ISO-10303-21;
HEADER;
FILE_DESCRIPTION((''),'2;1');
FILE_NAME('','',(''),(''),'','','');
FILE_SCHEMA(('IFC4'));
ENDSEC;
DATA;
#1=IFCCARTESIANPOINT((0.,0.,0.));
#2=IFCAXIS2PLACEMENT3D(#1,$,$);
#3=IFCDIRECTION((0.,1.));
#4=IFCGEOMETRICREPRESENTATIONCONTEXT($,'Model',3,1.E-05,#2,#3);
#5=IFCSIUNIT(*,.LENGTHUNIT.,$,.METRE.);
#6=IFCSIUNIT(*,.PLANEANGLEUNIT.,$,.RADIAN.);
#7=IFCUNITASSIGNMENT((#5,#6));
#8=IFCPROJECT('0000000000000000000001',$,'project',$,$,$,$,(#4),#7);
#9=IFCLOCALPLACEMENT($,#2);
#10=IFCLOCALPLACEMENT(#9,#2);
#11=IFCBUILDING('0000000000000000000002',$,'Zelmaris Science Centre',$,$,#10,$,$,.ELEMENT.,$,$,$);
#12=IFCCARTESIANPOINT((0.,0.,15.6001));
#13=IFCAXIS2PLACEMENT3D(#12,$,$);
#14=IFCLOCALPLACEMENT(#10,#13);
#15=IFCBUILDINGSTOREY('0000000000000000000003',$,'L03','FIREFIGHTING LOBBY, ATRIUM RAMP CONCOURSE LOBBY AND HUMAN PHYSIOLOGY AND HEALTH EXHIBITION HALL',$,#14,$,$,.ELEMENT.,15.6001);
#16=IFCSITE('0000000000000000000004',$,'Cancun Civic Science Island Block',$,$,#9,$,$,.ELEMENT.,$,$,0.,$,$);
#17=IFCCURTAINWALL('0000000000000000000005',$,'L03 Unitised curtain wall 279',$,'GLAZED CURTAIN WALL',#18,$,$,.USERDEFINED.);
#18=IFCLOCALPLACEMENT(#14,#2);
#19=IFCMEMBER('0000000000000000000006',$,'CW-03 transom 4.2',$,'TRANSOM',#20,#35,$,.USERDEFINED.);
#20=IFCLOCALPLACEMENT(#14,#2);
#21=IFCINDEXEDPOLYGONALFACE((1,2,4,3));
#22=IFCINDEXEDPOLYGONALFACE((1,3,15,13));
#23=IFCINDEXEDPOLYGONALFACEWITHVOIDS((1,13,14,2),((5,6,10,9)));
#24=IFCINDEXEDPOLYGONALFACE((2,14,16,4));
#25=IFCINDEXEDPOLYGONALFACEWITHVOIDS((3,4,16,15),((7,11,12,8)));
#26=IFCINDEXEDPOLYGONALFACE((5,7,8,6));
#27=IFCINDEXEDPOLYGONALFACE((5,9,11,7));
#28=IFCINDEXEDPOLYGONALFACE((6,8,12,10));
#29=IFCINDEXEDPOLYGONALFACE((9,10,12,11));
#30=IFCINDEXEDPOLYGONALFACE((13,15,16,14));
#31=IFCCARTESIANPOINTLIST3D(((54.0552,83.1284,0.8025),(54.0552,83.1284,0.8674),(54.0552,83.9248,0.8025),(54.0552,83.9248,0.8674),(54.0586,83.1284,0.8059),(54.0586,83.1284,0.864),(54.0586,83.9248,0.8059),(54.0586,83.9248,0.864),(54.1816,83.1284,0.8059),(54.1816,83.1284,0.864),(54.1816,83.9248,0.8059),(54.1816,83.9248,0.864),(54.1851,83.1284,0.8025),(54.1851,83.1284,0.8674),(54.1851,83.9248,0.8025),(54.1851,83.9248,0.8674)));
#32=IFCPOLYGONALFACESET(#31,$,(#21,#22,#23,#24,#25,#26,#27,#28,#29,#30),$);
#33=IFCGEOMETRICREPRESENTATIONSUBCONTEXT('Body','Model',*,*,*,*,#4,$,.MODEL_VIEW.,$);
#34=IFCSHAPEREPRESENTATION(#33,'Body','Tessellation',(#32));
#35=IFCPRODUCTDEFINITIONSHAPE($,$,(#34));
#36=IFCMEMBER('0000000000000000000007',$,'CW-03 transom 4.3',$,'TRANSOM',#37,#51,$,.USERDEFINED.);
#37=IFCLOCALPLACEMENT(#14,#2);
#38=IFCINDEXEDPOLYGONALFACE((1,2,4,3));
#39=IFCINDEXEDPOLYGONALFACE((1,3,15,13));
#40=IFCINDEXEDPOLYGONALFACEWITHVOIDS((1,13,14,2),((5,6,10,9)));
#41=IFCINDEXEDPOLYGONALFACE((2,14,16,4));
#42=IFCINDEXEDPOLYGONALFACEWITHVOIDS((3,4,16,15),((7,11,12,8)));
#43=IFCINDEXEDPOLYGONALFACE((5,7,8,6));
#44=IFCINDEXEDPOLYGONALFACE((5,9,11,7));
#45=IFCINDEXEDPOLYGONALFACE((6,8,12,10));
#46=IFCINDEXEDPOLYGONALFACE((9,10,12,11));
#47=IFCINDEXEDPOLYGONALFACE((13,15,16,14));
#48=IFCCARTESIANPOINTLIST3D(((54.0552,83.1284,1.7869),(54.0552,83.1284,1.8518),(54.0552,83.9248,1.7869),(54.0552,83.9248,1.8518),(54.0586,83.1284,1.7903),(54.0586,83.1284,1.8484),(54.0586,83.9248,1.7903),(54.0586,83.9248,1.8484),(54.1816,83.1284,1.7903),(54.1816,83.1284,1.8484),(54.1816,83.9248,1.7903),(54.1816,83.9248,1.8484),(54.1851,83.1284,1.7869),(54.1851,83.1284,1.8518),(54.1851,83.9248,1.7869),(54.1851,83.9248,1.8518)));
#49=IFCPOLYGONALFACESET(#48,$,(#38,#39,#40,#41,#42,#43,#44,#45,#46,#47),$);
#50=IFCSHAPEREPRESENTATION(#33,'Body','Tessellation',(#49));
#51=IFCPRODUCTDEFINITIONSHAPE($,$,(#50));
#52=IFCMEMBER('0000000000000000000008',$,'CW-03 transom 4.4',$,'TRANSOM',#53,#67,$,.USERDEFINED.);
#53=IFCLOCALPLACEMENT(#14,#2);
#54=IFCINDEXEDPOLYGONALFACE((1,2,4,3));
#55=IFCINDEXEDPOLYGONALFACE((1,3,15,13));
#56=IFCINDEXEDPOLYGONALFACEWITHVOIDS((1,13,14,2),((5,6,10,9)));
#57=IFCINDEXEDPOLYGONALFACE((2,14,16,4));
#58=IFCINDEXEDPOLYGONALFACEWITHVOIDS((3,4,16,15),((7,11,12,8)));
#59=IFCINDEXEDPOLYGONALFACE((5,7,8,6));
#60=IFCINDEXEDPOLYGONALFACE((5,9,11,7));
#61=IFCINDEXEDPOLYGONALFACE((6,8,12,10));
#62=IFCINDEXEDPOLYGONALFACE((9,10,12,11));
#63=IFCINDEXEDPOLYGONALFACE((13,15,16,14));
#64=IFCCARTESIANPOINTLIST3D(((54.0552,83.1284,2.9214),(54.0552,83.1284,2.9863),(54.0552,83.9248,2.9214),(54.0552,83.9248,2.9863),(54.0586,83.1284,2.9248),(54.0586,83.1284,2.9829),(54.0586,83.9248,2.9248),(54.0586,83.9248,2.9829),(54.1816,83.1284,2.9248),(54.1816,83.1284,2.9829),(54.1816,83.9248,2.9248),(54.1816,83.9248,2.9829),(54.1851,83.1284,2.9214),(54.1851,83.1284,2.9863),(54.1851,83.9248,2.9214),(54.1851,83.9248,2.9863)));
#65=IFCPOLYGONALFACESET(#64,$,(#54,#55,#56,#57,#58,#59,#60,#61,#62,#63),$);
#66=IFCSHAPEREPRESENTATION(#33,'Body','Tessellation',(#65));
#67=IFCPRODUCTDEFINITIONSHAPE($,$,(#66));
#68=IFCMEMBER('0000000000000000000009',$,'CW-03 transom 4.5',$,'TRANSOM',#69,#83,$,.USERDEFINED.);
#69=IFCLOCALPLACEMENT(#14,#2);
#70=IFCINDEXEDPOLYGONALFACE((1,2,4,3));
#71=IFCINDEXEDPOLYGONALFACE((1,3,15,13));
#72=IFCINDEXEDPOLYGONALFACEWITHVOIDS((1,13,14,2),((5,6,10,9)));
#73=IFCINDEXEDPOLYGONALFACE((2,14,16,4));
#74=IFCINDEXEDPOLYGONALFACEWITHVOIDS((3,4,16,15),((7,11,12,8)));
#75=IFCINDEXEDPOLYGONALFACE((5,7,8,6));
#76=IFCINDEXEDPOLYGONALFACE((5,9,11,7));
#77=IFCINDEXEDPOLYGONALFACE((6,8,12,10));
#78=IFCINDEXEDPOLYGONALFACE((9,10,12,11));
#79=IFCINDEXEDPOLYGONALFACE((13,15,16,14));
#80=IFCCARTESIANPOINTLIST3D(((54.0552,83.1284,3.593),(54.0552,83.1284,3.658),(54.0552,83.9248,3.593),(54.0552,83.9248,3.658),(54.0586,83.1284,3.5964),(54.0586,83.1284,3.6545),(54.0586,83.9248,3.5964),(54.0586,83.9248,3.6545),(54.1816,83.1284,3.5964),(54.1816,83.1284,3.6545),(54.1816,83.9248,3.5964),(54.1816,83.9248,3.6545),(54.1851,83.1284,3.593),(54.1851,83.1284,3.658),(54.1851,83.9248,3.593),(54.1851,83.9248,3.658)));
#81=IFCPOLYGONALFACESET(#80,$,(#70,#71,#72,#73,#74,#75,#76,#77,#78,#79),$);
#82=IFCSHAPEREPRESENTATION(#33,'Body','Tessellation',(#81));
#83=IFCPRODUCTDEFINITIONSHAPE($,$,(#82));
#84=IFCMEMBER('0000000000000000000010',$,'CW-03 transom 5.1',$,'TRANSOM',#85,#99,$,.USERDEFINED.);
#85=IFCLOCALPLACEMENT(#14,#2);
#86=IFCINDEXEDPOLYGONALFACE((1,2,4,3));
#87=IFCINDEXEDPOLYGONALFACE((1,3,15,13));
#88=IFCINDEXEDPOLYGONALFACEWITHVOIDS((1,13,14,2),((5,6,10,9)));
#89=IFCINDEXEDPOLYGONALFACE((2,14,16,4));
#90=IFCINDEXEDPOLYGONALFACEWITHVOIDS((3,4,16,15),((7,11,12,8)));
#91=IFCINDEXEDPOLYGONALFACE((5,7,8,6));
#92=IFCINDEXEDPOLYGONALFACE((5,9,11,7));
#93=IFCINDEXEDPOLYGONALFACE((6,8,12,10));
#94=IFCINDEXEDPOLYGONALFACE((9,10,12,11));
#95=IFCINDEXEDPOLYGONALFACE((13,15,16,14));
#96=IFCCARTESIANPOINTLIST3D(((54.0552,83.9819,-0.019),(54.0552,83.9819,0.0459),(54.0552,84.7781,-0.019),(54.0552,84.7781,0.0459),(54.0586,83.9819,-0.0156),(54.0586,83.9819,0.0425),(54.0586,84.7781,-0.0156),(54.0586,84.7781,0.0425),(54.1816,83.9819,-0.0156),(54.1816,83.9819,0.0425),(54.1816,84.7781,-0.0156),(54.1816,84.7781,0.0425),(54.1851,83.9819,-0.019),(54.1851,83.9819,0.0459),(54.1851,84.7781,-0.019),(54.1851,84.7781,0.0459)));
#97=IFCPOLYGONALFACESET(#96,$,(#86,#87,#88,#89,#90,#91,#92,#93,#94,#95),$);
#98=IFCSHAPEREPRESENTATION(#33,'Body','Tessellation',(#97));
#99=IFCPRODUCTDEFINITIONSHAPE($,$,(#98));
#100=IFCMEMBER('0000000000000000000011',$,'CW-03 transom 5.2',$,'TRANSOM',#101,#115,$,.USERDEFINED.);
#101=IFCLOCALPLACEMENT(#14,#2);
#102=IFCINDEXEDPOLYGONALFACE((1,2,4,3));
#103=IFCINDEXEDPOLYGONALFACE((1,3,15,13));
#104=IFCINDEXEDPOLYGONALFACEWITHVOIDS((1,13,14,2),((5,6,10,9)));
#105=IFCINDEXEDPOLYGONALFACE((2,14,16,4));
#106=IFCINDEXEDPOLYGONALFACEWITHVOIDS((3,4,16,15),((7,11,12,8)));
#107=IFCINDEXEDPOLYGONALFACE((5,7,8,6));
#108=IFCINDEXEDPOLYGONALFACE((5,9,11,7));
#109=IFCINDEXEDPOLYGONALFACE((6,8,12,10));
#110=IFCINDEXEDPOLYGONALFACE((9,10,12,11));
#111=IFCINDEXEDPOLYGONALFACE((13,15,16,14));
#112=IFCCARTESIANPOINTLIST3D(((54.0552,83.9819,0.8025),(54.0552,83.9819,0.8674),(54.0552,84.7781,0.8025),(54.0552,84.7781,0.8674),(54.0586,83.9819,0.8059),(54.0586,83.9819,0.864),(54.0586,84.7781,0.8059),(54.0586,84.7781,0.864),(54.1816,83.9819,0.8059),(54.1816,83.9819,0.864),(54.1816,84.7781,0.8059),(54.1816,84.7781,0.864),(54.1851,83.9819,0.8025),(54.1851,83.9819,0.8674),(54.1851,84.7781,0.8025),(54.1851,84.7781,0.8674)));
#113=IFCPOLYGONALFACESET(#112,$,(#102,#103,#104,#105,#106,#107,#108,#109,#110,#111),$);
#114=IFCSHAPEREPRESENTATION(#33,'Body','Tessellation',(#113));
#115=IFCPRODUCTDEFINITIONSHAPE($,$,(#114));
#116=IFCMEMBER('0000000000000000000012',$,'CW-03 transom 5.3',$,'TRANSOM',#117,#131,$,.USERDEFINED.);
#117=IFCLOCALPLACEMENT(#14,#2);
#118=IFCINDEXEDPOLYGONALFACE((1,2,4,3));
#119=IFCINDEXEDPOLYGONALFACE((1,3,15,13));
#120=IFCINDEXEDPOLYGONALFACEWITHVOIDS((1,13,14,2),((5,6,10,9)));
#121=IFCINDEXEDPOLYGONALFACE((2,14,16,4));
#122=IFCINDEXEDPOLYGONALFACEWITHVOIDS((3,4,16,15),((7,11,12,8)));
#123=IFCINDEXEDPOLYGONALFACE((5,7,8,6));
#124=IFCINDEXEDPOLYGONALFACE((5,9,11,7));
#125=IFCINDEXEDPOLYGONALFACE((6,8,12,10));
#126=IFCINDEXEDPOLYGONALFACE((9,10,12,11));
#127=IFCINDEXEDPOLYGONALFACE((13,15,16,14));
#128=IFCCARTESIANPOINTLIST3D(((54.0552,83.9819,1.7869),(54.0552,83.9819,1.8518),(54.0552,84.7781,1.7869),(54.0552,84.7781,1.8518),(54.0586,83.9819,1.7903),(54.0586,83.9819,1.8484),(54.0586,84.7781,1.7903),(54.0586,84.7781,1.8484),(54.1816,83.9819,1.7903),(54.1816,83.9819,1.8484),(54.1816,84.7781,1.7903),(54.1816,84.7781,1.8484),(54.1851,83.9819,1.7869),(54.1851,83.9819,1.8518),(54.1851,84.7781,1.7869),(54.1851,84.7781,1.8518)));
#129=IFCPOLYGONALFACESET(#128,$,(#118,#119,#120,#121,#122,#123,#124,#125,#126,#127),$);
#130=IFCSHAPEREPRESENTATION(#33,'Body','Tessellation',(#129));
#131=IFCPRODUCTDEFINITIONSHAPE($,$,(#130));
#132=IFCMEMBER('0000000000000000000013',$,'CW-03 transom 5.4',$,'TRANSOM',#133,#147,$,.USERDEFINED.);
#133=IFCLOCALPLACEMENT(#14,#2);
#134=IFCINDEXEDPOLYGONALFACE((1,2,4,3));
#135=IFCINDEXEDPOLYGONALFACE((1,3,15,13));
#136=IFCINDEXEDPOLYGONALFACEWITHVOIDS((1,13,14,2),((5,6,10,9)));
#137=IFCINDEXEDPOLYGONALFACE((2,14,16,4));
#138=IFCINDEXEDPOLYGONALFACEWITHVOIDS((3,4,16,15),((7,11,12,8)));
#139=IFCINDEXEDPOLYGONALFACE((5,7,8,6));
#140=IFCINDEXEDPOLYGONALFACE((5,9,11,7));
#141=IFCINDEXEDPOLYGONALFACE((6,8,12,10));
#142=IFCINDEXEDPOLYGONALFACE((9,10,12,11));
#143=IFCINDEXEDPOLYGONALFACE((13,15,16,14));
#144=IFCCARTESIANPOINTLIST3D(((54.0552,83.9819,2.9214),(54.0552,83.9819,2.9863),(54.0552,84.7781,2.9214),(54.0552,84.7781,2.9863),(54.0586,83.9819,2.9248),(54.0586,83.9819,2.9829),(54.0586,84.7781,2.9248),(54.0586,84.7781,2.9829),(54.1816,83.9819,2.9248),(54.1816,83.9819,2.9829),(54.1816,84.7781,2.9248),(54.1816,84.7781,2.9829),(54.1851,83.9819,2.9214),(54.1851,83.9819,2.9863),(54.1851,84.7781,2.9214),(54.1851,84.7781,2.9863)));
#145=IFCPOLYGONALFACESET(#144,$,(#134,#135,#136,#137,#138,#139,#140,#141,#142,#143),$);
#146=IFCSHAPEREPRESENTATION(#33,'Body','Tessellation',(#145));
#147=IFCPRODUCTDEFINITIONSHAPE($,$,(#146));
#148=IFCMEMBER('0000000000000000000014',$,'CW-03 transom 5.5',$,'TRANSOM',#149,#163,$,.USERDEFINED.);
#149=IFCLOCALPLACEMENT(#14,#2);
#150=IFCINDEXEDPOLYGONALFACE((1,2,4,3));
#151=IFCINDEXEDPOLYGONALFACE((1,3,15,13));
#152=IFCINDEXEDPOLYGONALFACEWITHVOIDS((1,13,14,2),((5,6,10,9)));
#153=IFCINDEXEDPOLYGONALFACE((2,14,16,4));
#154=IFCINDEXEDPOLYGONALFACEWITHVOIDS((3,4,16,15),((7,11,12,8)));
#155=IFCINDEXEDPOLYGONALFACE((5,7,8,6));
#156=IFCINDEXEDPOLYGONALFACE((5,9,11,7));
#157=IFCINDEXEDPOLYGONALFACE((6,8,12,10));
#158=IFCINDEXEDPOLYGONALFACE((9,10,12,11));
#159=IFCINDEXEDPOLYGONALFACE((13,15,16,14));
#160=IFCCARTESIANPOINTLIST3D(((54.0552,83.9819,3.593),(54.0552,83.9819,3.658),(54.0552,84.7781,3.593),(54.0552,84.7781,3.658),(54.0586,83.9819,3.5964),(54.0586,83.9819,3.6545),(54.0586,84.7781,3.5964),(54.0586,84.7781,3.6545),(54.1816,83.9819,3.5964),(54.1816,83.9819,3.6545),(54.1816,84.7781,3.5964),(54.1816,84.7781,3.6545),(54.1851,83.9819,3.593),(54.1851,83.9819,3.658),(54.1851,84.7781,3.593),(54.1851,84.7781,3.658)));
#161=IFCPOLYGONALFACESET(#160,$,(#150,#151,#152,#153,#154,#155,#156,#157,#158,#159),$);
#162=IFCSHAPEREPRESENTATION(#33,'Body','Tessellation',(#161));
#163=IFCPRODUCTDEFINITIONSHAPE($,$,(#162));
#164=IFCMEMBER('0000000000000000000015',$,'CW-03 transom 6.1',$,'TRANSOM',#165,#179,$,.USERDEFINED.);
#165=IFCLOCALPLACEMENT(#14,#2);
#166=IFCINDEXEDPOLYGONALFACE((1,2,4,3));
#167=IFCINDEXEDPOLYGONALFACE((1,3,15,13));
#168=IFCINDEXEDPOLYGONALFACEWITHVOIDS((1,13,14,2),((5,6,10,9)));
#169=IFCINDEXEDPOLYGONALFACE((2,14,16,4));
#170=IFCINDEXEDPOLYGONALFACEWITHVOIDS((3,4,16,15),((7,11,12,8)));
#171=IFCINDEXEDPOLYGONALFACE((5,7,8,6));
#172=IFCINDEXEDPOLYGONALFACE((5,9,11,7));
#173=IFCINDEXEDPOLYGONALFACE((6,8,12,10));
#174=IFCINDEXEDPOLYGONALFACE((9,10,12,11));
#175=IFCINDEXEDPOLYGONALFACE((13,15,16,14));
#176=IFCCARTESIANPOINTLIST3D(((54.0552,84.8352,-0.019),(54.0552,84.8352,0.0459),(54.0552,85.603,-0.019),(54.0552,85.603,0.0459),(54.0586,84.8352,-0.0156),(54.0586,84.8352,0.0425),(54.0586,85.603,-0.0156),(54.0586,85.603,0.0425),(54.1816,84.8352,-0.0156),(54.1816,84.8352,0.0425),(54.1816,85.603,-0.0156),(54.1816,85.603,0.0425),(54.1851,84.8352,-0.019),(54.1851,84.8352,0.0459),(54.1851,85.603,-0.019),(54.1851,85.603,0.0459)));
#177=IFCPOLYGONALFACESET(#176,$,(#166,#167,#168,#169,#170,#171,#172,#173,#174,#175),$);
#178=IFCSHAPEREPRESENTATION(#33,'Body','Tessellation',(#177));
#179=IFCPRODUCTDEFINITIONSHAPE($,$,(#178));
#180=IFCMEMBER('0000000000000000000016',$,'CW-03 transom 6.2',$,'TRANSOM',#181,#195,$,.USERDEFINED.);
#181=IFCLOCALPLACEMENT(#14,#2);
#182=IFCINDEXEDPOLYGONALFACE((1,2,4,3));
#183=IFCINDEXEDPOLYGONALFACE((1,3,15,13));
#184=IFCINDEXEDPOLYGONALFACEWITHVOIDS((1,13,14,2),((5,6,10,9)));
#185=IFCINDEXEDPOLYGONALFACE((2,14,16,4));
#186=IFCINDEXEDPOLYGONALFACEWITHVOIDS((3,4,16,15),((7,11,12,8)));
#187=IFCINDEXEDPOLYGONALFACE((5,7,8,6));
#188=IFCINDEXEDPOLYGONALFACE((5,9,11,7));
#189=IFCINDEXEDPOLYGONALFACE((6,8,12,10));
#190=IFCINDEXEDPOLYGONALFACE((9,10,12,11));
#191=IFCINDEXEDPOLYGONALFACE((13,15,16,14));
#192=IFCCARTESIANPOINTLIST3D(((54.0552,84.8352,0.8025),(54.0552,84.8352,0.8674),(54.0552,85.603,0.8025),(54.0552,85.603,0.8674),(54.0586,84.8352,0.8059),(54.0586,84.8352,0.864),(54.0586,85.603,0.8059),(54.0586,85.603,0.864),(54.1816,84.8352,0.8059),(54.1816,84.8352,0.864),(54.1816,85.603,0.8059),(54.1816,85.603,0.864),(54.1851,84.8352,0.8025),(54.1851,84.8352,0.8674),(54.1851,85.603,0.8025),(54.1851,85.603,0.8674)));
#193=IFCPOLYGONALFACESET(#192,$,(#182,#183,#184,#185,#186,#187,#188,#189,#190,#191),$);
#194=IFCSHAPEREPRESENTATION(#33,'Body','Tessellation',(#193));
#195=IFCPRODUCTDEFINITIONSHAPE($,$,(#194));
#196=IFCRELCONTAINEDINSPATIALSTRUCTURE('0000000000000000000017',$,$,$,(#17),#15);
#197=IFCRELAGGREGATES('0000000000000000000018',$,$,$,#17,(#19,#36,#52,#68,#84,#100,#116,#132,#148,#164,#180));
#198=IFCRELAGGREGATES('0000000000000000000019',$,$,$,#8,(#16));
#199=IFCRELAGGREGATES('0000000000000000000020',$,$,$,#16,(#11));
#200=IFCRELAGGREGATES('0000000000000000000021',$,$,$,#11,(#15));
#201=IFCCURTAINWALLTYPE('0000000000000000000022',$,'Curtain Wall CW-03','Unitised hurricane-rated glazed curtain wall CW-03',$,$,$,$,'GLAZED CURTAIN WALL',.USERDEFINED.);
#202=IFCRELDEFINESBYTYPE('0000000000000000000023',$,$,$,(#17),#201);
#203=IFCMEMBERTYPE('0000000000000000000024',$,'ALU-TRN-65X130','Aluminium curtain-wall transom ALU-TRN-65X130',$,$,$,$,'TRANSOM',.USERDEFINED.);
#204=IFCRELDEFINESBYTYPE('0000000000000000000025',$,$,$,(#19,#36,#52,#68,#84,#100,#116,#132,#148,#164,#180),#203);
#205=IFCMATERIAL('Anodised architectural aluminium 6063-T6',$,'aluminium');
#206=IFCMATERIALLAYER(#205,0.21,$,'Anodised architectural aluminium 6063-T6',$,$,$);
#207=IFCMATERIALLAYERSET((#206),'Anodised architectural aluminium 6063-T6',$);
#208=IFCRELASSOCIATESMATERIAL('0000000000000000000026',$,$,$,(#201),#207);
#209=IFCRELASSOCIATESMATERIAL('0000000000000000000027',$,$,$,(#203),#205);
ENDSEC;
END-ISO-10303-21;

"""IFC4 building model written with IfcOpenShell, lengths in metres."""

from ifc_helpers import new_model, si_unit, direction, frame, origin, origin_2d, place, context, subcontext, project, spatial, hollow_rectangle, extrude, material, layer, layer_set, material_profile, profile_set, type_object, element, aggregate, save


model = new_model("IFC4")

# Units and contexts
model_context = context("Model", 3, precision=1e-05, world=origin(), true_north=direction((0.0, 1.0)))
body_context = subcontext(model_context, "Body", "Model", "MODEL_VIEW")
ifc_project = project(units=[si_unit("LENGTHUNIT", "METRE"), si_unit("PLANEANGLEUNIT", "RADIAN")], contexts=[model_context])

# Site, building, storey
site_placement = place(None, origin())
site = spatial("IfcSite", under=ifc_project, at=site_placement, Name="Cancun Civic Science Island Block", CompositionType="ELEMENT", RefElevation=0.0)
building_placement = place(site_placement, origin())
building = spatial("IfcBuilding", under=site, at=building_placement, Name="Zelmaris Science Centre", CompositionType="ELEMENT")
storey_placement = place(building_placement, frame((0.0, 0.0, 15.6001)))
storey = spatial("IfcBuildingStorey", under=building, at=storey_placement, Name="L03", Description="FIREFIGHTING LOBBY, ATRIUM RAMP CONCOURSE LOBBY AND HUMAN PHYSIOLOGY AND HEALTH EXHIBITION HALL", CompositionType="ELEMENT", Elevation=15.6001)

# Curtain wall, members
ifc_material_1 = material(Name="Anodised architectural aluminium 6063-T6", Category="aluminium")
ifc_layer_1 = layer(ifc_material_1, 0.21, Name="Anodised architectural aluminium 6063-T6")
ifc_layer_set_1 = layer_set([ifc_layer_1], Name="Anodised architectural aluminium 6063-T6")
curtain_wall_type = type_object("IfcCurtainWallType", Name="Curtain Wall CW-03", Description="Unitised hurricane-rated glazed curtain wall CW-03", ElementType="GLAZED CURTAIN WALL", PredefinedType="USERDEFINED", material=ifc_layer_set_1)
curtain_wall_placement = place(storey_placement, origin())
curtain_wall = element("IfcCurtainWall", 1, at=curtain_wall_placement, inside=storey, type_object=curtain_wall_type, Name="L03 Unitised curtain wall 279", ObjectType="GLAZED CURTAIN WALL", PredefinedType="USERDEFINED")
ifc_material_profile_1 = material_profile(ifc_material_1, hollow_rectangle(XDim=0.0649, YDim=0.1299, WallThickness=0.0034, at=origin_2d()), Name="ALU-TRN-65X130")
ifc_profile_set_1 = profile_set([ifc_material_profile_1], Name="Anodised architectural aluminium 6063-T6")
member_type_1 = type_object("IfcMemberType", Name="ALU-TRN-65X130", Description="Aluminium curtain-wall transom ALU-TRN-65X130", ElementType="TRANSOM", PredefinedType="USERDEFINED", material=ifc_profile_set_1)
member_1_placement = place(storey_placement, frame((54.1201, 83.1284, 0.835), z_axis=(0.0, 1.0, 0.0), x_axis=(0.0, 0.0, 1.0)))
member_1 = element("IfcMember", 2, at=member_1_placement, type_object=member_type_1, Name="CW-03 transom 4.2", ObjectType="TRANSOM", PredefinedType="USERDEFINED", context=body_context, shape_type="SweptSolid", body=[
    extrude(hollow_rectangle(XDim=0.0649, YDim=0.1299, WallThickness=0.0034, at=origin_2d()), origin(), (0.0, 0.0, 1.0), 0.7964),
])
member_2_placement = place(storey_placement, frame((54.1201, 83.1284, 1.8193), z_axis=(0.0, 1.0, 0.0), x_axis=(0.0, 0.0, 1.0)))
member_2 = element("IfcMember", 3, at=member_2_placement, type_object=member_type_1, Name="CW-03 transom 4.3", ObjectType="TRANSOM", PredefinedType="USERDEFINED", context=body_context, shape_type="SweptSolid", body=[
    extrude(hollow_rectangle(XDim=0.0649, YDim=0.1299, WallThickness=0.0034, at=origin_2d()), origin(), (0.0, 0.0, 1.0), 0.7964),
])
member_3_placement = place(storey_placement, frame((54.1201, 83.1284, 2.9539), z_axis=(0.0, 1.0, 0.0), x_axis=(0.0, 0.0, 1.0)))
member_3 = element("IfcMember", 4, at=member_3_placement, type_object=member_type_1, Name="CW-03 transom 4.4", ObjectType="TRANSOM", PredefinedType="USERDEFINED", context=body_context, shape_type="SweptSolid", body=[
    extrude(hollow_rectangle(XDim=0.0649, YDim=0.1299, WallThickness=0.0034, at=origin_2d()), origin(), (0.0, 0.0, 1.0), 0.7964),
])
member_4_placement = place(storey_placement, frame((54.1201, 83.1284, 3.6255), z_axis=(0.0, 1.0, 0.0), x_axis=(0.0, 0.0, 1.0)))
member_4 = element("IfcMember", 5, at=member_4_placement, type_object=member_type_1, Name="CW-03 transom 4.5", ObjectType="TRANSOM", PredefinedType="USERDEFINED", context=body_context, shape_type="SweptSolid", body=[
    extrude(hollow_rectangle(XDim=0.0649, YDim=0.1299, WallThickness=0.0034, at=origin_2d()), origin(), (0.0, 0.0, 1.0), 0.7964),
])
member_5_placement = place(storey_placement, frame((54.1201, 83.9819, 0.0134), z_axis=(0.0, 1.0, 0.0), x_axis=(0.0, 0.0, 1.0)))
member_5 = element("IfcMember", 6, at=member_5_placement, type_object=member_type_1, Name="CW-03 transom 5.1", ObjectType="TRANSOM", PredefinedType="USERDEFINED", context=body_context, shape_type="SweptSolid", body=[
    extrude(hollow_rectangle(XDim=0.0649, YDim=0.1299, WallThickness=0.0034, at=origin_2d()), origin(), (0.0, 0.0, 1.0), 0.7961),
])
member_6_placement = place(storey_placement, frame((54.1201, 83.9819, 0.835), z_axis=(0.0, 1.0, 0.0), x_axis=(0.0, 0.0, 1.0)))
member_6 = element("IfcMember", 7, at=member_6_placement, type_object=member_type_1, Name="CW-03 transom 5.2", ObjectType="TRANSOM", PredefinedType="USERDEFINED", context=body_context, shape_type="SweptSolid", body=[
    extrude(hollow_rectangle(XDim=0.0649, YDim=0.1299, WallThickness=0.0034, at=origin_2d()), origin(), (0.0, 0.0, 1.0), 0.7961),
])
member_7_placement = place(storey_placement, frame((54.1201, 83.9819, 1.8193), z_axis=(0.0, 1.0, 0.0), x_axis=(0.0, 0.0, 1.0)))
member_7 = element("IfcMember", 8, at=member_7_placement, type_object=member_type_1, Name="CW-03 transom 5.3", ObjectType="TRANSOM", PredefinedType="USERDEFINED", context=body_context, shape_type="SweptSolid", body=[
    extrude(hollow_rectangle(XDim=0.0649, YDim=0.1299, WallThickness=0.0034, at=origin_2d()), origin(), (0.0, 0.0, 1.0), 0.7961),
])
member_8_placement = place(storey_placement, frame((54.1201, 83.9819, 2.9539), z_axis=(0.0, 1.0, 0.0), x_axis=(0.0, 0.0, 1.0)))
member_8 = element("IfcMember", 9, at=member_8_placement, type_object=member_type_1, Name="CW-03 transom 5.4", ObjectType="TRANSOM", PredefinedType="USERDEFINED", context=body_context, shape_type="SweptSolid", body=[
    extrude(hollow_rectangle(XDim=0.0649, YDim=0.1299, WallThickness=0.0034, at=origin_2d()), origin(), (0.0, 0.0, 1.0), 0.7961),
])
member_9_placement = place(storey_placement, frame((54.1201, 83.9819, 3.6255), z_axis=(0.0, 1.0, 0.0), x_axis=(0.0, 0.0, 1.0)))
member_9 = element("IfcMember", 10, at=member_9_placement, type_object=member_type_1, Name="CW-03 transom 5.5", ObjectType="TRANSOM", PredefinedType="USERDEFINED", context=body_context, shape_type="SweptSolid", body=[
    extrude(hollow_rectangle(XDim=0.0649, YDim=0.1299, WallThickness=0.0034, at=origin_2d()), origin(), (0.0, 0.0, 1.0), 0.7961),
])
member_10_placement = place(storey_placement, frame((54.1201, 84.8352, 0.0134), z_axis=(0.0, 1.0, 0.0), x_axis=(0.0, 0.0, 1.0)))
member_10 = element("IfcMember", 11, at=member_10_placement, type_object=member_type_1, Name="CW-03 transom 6.1", ObjectType="TRANSOM", PredefinedType="USERDEFINED", context=body_context, shape_type="SweptSolid", body=[
    extrude(hollow_rectangle(XDim=0.0649, YDim=0.1299, WallThickness=0.0034, at=origin_2d()), origin(), (0.0, 0.0, 1.0), 0.7678),
])
member_11_placement = place(storey_placement, frame((54.1201, 84.8352, 0.835), z_axis=(0.0, 1.0, 0.0), x_axis=(0.0, 0.0, 1.0)))
member_11 = element("IfcMember", 12, at=member_11_placement, type_object=member_type_1, Name="CW-03 transom 6.2", ObjectType="TRANSOM", PredefinedType="USERDEFINED", context=body_context, shape_type="SweptSolid", body=[
    extrude(hollow_rectangle(XDim=0.0649, YDim=0.1299, WallThickness=0.0034, at=origin_2d()), origin(), (0.0, 0.0, 1.0), 0.7678),
])
aggregate(curtain_wall, [member_1, member_2, member_3, member_4, member_5, member_6, member_7, member_8, member_9, member_10, member_11])

save(model, "model.ifc")
